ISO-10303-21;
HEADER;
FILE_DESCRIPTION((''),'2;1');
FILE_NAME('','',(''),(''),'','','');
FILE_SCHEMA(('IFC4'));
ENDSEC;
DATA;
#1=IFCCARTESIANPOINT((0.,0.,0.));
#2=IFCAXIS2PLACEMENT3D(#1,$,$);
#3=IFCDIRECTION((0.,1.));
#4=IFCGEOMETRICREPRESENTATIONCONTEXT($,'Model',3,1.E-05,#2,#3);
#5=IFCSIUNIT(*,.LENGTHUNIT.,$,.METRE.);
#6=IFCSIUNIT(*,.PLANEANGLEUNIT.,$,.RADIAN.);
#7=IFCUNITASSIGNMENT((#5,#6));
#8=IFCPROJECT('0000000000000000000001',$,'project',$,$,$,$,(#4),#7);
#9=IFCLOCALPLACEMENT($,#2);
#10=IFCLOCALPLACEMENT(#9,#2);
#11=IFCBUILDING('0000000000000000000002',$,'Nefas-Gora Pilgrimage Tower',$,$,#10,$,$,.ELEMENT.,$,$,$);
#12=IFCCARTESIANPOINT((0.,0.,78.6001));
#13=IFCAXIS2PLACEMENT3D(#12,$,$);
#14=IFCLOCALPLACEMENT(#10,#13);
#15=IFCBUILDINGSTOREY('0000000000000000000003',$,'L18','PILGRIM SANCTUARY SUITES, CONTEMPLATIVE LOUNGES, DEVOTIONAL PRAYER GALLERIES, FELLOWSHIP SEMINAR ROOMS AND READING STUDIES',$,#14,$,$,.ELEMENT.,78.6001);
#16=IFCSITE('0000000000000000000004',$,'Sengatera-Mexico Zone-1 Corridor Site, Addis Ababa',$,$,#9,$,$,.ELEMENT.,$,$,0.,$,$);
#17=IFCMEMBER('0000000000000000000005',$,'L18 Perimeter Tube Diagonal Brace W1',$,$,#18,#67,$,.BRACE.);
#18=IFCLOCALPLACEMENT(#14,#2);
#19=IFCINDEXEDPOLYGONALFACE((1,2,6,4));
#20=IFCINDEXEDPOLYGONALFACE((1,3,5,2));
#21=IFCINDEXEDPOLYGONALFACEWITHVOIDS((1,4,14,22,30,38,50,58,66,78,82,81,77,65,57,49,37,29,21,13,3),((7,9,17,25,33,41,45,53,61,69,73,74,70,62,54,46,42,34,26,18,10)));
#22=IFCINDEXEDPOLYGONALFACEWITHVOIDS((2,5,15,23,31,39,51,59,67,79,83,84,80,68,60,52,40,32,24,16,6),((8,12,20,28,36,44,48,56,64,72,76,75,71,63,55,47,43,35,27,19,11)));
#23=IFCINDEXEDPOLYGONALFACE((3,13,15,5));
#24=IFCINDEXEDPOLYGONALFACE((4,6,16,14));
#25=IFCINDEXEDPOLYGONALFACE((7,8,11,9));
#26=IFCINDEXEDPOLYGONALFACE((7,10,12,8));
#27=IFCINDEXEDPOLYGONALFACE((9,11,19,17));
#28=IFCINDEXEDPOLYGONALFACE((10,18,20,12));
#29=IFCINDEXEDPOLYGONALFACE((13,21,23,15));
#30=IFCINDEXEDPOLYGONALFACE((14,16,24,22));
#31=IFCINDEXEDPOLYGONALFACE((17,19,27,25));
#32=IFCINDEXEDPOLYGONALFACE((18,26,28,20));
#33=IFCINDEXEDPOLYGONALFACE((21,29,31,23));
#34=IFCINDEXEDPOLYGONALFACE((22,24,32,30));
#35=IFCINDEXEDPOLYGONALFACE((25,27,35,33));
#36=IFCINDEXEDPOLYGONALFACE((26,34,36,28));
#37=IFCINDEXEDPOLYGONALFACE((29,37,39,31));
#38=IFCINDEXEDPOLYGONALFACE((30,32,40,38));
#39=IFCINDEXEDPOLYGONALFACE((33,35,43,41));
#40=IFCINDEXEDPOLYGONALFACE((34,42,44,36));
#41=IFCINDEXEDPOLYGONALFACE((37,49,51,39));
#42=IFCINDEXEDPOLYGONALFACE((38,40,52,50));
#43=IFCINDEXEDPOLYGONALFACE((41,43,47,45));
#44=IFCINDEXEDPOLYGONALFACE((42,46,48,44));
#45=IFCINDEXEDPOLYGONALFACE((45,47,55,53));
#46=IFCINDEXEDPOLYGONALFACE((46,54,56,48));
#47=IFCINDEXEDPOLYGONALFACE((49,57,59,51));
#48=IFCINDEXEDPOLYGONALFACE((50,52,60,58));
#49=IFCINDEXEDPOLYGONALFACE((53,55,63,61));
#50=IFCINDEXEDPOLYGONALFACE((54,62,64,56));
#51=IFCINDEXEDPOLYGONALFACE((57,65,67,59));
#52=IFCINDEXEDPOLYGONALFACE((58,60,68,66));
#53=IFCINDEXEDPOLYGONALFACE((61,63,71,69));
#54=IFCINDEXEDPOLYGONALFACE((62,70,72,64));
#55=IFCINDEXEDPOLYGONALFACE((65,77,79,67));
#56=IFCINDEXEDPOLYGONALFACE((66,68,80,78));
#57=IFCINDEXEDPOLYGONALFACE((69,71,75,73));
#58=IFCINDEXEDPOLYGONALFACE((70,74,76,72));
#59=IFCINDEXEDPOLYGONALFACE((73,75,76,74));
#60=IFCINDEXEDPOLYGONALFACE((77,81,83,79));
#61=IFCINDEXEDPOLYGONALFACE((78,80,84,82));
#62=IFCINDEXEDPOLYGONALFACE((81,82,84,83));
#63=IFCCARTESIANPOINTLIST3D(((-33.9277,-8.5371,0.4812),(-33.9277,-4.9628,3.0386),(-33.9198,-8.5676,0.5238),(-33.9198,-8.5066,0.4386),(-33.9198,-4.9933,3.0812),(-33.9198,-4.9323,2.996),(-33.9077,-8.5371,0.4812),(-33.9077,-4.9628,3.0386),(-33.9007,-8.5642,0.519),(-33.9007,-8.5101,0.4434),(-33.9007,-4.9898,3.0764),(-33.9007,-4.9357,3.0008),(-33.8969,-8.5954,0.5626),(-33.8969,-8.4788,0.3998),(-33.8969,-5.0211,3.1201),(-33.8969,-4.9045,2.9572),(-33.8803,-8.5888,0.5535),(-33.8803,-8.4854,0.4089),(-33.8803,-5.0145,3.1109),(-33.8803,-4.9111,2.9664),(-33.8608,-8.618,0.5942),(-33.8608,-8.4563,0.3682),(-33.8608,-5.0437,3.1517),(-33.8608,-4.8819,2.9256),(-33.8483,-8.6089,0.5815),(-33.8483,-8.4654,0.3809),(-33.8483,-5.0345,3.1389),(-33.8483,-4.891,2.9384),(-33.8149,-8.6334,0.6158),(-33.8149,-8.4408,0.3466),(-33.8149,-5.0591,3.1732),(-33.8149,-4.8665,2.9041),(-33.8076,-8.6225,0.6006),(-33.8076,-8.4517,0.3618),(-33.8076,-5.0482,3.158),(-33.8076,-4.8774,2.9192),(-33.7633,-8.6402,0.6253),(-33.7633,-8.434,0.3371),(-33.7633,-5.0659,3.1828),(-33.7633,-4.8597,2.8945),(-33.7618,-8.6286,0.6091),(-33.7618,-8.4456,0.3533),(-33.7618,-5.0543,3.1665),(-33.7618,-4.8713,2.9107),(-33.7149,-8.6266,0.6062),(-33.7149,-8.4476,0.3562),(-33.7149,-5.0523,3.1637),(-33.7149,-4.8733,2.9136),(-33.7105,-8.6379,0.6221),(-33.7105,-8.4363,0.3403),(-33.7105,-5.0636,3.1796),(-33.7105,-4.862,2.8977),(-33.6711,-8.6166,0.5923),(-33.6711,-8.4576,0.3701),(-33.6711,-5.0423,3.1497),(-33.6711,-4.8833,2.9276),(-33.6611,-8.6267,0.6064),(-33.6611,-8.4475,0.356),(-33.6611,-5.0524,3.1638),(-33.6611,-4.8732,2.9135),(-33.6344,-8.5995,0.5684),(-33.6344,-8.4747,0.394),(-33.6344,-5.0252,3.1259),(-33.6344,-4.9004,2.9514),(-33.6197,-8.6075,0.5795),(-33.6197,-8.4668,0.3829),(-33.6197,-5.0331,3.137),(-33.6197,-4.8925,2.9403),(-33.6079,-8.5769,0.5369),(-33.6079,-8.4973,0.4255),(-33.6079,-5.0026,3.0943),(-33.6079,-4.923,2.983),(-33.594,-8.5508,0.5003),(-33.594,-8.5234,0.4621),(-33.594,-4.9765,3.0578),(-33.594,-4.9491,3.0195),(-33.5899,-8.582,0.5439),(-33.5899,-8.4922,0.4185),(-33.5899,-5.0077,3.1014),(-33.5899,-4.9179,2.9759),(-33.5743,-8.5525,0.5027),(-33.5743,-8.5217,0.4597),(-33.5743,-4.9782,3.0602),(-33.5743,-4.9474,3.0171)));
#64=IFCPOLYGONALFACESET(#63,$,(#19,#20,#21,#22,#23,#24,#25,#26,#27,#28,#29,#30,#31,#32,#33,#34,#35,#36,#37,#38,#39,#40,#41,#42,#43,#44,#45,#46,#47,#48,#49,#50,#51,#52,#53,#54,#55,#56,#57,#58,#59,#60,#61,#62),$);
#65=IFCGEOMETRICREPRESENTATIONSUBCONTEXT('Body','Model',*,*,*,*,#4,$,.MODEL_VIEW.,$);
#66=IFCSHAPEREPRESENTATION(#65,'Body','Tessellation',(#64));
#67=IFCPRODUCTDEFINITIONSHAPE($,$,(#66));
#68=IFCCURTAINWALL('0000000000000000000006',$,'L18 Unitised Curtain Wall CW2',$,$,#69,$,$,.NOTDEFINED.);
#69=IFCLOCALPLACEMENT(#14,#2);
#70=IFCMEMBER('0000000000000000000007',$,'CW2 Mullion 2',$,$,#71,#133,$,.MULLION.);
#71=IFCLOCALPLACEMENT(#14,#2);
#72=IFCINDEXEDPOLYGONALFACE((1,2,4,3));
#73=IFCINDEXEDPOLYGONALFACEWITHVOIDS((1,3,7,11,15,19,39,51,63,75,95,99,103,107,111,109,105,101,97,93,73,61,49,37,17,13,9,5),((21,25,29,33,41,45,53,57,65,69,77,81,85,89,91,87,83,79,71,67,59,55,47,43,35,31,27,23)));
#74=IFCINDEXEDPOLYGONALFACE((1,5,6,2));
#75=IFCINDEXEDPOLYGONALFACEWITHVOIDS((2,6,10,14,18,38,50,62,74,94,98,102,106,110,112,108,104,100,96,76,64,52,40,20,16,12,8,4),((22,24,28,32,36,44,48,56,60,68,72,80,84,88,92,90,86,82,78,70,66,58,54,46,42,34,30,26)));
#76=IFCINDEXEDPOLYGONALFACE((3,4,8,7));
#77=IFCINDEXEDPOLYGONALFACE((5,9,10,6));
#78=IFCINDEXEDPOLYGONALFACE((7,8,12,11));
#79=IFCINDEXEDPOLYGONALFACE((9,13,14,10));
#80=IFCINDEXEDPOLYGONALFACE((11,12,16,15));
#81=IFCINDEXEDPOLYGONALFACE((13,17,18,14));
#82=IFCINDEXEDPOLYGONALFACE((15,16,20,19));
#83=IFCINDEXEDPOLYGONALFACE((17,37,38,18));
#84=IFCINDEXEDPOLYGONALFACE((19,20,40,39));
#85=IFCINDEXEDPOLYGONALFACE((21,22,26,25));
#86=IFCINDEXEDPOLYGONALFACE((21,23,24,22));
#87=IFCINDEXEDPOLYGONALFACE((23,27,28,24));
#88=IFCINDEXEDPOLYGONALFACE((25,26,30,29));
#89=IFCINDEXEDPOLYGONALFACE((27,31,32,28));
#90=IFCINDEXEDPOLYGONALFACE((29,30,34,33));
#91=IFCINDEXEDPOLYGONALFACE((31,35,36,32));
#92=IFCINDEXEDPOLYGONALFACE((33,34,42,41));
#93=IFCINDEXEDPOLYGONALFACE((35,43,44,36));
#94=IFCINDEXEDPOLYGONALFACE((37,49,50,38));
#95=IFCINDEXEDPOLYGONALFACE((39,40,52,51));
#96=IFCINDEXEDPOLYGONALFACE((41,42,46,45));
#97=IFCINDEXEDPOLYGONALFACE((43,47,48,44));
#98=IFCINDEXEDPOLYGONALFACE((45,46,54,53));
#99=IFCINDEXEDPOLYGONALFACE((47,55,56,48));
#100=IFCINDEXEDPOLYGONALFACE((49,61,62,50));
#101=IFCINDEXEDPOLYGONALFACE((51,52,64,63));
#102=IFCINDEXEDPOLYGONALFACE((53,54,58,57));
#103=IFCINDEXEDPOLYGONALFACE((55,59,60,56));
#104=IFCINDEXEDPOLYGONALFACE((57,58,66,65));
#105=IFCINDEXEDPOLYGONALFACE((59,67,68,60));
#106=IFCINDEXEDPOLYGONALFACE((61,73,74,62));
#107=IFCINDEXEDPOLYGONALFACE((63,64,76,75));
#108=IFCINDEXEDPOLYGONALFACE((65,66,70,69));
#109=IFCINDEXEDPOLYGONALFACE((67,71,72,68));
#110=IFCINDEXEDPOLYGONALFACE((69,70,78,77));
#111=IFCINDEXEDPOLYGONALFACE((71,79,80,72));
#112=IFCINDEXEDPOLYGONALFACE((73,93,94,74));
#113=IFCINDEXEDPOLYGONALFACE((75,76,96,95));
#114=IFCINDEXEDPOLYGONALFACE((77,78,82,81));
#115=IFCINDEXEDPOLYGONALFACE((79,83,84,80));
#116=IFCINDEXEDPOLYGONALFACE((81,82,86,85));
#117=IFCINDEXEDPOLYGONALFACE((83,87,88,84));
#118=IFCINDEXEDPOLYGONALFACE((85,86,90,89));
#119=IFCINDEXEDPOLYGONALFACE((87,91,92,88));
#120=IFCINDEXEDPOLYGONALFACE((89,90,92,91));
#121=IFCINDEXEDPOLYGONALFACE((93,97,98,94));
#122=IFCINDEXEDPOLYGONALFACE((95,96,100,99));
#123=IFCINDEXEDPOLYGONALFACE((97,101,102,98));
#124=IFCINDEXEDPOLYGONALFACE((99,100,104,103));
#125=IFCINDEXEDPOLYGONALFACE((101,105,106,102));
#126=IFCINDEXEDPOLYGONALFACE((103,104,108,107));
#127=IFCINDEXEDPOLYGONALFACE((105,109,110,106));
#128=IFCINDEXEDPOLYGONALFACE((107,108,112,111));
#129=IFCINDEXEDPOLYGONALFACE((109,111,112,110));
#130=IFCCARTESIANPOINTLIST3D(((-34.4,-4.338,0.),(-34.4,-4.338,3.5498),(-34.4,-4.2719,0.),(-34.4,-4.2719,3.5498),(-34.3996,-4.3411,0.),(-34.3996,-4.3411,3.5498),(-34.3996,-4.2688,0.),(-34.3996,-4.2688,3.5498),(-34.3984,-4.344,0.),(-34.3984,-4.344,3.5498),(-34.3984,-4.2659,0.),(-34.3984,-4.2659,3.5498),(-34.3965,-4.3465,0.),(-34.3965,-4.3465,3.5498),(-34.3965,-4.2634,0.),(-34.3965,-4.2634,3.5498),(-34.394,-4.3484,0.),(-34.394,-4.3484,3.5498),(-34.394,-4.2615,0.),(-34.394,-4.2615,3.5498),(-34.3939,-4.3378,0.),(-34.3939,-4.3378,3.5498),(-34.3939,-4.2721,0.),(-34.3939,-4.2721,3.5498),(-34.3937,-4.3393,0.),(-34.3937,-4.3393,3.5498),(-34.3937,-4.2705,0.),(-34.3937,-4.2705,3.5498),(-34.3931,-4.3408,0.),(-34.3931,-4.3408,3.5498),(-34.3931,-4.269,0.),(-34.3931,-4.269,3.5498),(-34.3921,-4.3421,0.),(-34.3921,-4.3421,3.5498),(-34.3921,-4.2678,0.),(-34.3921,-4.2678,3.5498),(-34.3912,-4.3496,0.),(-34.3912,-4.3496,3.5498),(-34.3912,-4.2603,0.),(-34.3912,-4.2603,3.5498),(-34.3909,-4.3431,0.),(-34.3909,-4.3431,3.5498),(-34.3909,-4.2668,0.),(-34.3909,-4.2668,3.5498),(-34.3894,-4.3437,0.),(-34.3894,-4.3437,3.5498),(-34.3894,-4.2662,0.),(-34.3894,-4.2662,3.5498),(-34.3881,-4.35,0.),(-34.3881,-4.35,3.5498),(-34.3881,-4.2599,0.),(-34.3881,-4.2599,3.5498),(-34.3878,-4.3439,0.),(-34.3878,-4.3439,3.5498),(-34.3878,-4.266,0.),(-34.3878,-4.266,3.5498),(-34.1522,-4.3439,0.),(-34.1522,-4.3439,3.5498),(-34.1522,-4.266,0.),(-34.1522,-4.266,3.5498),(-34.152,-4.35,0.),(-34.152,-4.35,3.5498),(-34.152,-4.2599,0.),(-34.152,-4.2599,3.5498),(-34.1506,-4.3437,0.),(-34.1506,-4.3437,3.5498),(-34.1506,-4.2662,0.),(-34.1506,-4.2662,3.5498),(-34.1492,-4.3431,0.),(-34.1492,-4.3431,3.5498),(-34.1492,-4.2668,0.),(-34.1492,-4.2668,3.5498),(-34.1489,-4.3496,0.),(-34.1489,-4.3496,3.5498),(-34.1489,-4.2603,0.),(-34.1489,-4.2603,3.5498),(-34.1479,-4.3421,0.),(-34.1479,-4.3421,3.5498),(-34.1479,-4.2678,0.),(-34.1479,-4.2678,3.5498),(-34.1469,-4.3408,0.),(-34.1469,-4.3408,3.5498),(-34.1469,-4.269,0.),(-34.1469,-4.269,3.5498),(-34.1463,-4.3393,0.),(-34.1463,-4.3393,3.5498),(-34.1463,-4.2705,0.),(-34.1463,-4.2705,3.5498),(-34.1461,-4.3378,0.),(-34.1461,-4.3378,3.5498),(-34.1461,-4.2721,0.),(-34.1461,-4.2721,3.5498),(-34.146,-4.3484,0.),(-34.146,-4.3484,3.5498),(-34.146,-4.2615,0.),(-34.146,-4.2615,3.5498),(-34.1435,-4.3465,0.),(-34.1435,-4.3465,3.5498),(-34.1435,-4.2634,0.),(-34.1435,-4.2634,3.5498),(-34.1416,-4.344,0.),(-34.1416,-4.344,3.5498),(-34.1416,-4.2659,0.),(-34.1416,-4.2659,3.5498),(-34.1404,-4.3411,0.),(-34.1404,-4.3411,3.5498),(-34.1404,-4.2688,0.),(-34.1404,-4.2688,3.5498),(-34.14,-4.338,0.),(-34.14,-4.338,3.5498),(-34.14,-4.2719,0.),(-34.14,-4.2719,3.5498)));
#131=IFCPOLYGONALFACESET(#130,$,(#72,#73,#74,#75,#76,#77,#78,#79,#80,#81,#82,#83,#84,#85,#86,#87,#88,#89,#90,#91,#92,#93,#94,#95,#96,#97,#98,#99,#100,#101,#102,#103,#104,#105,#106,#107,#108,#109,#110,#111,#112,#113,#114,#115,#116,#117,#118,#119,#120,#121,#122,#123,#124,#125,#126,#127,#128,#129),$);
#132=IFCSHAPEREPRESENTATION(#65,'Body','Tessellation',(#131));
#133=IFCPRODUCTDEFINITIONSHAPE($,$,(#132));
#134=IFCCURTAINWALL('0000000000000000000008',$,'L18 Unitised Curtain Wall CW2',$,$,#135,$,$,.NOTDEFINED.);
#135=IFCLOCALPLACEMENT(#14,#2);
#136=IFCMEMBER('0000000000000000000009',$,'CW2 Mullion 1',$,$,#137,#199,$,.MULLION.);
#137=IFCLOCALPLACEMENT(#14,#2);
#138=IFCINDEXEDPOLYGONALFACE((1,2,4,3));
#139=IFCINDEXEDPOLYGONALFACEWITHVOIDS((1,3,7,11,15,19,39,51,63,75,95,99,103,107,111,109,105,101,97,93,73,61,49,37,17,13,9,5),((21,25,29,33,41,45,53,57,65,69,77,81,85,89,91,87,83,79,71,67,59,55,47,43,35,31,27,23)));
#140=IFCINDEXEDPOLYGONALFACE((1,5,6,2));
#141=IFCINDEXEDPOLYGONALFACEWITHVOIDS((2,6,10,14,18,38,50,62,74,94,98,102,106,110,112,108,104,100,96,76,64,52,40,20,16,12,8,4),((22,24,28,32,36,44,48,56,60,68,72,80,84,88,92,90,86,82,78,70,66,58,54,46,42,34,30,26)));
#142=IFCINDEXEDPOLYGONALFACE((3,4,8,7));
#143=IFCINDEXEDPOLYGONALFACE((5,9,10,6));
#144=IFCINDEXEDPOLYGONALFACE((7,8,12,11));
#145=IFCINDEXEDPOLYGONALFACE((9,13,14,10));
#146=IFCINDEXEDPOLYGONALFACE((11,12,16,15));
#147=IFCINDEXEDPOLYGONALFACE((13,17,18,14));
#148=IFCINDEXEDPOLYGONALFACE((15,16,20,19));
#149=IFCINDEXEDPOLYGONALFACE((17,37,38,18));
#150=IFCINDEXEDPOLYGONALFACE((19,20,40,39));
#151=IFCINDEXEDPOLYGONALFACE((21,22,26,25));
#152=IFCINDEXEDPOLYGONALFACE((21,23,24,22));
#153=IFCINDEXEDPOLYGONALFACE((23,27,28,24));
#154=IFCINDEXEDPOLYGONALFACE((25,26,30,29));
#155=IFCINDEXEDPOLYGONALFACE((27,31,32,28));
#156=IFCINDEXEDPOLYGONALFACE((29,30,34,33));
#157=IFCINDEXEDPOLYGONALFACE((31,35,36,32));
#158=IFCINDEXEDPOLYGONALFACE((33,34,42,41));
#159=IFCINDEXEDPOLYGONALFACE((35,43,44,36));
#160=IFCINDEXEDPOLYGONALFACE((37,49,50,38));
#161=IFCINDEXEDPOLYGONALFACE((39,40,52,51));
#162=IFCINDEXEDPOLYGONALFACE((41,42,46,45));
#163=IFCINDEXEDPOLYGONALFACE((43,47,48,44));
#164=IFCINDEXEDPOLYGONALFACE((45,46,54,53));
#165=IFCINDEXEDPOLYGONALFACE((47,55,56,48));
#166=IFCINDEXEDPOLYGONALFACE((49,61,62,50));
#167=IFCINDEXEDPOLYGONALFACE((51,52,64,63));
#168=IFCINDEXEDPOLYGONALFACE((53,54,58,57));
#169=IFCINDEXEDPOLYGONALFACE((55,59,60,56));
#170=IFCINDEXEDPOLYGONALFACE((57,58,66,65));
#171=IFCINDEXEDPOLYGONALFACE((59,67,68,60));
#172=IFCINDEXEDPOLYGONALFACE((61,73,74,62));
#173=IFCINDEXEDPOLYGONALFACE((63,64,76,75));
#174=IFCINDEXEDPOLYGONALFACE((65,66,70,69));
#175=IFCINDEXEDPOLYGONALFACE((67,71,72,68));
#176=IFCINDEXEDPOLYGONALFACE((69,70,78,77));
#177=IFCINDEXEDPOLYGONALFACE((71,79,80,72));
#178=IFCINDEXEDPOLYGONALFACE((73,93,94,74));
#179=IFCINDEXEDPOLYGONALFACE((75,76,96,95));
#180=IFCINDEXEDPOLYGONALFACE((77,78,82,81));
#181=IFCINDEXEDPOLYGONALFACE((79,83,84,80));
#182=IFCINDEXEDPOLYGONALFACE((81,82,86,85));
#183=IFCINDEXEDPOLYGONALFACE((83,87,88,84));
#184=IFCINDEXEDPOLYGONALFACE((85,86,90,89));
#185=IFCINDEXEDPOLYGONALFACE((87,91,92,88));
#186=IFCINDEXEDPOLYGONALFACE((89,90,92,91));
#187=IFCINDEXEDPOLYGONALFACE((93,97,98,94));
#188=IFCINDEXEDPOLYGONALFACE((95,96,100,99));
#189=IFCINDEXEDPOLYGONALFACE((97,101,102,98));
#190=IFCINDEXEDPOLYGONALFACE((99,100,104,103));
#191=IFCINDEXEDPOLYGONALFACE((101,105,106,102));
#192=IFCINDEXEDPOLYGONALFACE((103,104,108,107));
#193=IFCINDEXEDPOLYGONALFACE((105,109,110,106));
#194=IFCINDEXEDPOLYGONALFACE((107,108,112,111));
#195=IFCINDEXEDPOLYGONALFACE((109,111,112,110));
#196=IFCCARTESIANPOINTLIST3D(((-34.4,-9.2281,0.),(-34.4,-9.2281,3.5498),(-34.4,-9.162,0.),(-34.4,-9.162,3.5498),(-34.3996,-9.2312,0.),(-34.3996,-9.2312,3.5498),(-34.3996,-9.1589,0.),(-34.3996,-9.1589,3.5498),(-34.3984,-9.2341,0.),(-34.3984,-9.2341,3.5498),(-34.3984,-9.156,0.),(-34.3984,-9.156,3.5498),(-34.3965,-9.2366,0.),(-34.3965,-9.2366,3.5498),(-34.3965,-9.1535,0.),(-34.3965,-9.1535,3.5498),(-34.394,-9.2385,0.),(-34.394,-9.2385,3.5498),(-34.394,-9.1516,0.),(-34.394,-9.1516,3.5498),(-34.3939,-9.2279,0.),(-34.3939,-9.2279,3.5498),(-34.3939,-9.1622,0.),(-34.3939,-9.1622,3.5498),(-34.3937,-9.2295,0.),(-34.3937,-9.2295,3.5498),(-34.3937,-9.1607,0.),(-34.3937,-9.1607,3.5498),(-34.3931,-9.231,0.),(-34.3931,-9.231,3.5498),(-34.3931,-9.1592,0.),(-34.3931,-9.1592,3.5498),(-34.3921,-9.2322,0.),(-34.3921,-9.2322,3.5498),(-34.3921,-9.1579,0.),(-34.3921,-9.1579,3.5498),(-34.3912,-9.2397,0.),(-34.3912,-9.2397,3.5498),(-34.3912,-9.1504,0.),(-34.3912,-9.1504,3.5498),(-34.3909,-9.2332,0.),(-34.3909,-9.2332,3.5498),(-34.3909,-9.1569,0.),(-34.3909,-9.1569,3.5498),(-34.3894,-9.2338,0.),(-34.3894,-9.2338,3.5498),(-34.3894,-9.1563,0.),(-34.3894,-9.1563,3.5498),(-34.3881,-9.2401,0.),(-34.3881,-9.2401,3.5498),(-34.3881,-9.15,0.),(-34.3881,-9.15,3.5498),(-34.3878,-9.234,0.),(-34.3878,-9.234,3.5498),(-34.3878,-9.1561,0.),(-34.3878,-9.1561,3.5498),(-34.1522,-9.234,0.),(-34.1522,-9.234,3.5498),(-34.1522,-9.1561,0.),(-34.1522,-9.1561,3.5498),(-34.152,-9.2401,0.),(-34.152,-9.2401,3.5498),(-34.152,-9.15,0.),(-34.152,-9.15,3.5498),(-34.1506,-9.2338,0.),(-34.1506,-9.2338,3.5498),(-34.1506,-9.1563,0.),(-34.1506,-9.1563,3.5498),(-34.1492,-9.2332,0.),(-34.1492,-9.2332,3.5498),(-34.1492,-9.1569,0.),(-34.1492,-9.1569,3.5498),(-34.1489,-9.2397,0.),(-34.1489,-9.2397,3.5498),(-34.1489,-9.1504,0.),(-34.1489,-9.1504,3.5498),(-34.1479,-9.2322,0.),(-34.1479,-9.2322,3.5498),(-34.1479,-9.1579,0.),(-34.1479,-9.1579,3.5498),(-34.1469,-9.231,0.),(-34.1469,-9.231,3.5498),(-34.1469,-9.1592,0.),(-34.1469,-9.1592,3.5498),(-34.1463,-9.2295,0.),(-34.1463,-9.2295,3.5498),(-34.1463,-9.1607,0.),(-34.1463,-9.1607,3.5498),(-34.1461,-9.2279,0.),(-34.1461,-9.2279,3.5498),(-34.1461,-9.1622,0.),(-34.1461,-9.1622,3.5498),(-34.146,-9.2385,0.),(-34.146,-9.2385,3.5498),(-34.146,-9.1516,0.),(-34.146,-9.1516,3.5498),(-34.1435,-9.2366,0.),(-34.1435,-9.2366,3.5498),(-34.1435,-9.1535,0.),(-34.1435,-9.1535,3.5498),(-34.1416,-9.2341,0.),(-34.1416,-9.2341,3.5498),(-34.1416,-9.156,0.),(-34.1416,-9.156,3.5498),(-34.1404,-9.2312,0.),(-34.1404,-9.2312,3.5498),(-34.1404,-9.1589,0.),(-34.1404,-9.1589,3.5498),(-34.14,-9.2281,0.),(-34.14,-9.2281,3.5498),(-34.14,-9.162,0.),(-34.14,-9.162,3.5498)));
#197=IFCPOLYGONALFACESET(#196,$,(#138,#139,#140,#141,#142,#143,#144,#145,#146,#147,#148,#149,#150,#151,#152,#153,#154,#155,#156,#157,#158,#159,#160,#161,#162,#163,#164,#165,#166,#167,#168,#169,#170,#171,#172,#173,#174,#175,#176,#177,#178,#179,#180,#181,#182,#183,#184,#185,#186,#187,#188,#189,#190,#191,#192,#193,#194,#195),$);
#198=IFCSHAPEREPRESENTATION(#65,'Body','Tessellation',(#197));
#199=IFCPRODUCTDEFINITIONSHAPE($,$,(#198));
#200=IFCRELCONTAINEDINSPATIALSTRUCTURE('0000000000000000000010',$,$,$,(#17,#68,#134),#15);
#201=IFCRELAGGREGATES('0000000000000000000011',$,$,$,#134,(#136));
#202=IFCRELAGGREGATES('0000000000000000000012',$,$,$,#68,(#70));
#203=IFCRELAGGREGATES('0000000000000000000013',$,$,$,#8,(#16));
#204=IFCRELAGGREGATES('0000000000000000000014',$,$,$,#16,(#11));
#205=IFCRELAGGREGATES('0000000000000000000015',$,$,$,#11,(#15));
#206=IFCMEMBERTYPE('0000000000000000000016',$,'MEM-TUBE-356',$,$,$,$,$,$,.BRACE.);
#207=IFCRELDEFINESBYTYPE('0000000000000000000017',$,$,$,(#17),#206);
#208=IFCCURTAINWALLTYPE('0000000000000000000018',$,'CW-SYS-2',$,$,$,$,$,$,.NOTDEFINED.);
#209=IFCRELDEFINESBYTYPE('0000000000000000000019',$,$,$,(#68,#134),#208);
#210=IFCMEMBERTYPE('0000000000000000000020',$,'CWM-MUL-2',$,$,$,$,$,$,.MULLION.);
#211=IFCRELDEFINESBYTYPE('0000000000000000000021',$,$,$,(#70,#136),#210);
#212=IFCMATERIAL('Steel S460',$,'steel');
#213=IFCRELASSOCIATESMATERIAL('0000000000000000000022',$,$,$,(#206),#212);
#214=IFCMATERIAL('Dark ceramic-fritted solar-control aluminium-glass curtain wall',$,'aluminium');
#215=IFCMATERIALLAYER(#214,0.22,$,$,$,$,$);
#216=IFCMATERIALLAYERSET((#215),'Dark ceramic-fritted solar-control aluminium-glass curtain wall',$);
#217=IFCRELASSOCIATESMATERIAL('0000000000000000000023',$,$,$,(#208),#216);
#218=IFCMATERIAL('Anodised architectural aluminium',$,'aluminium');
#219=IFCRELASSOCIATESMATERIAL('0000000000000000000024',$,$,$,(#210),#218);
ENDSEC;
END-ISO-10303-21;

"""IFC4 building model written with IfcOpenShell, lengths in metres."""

from ifc_helpers import new_model, si_unit, direction, frame, origin, origin_2d, place, context, subcontext, project, spatial, hollow_rectangle, hollow_circle, extrude, source, transform, mapped, material, layer, layer_set, material_profile, profile_set, type_object, element, aggregate, save


model = new_model("IFC4")

# Units and contexts
model_context = context("Model", 3, precision=1e-05, world=origin(), true_north=direction((0.0, 1.0)))
body_context = subcontext(model_context, "Body", "Model", "MODEL_VIEW")
ifc_project = project(units=[si_unit("LENGTHUNIT", "METRE"), si_unit("PLANEANGLEUNIT", "RADIAN")], contexts=[model_context])

# Site, building, storey
site_placement = place(None, origin())
site = spatial("IfcSite", under=ifc_project, at=site_placement, Name="Sengatera-Mexico Zone-1 Corridor Site, Addis Ababa", CompositionType="ELEMENT", RefElevation=0.0)
building_placement = place(site_placement, origin())
building = spatial("IfcBuilding", under=site, at=building_placement, Name="Nefas-Gora Pilgrimage Tower", CompositionType="ELEMENT")
storey_placement = place(building_placement, frame((0.0, 0.0, 78.6001)))
storey = spatial("IfcBuildingStorey", under=building, at=storey_placement, Name="L18", Description="PILGRIM SANCTUARY SUITES, CONTEMPLATIVE LOUNGES, DEVOTIONAL PRAYER GALLERIES, FELLOWSHIP SEMINAR ROOMS AND READING STUDIES", CompositionType="ELEMENT", Elevation=78.6001)

# Shared definitions
ifc_material_1 = material(Name="Steel S460", Category="steel")

# Member
ifc_material_profile_1 = material_profile(ifc_material_1, hollow_circle(Radius=0.1777, WallThickness=0.02, at=origin_2d()), Name="CHS 355.6x20")
ifc_profile_set_1 = profile_set([ifc_material_profile_1], Name="Steel S460")
member_type_1 = type_object("IfcMemberType", Name="MEM-TUBE-356", PredefinedType="BRACE", material=ifc_profile_set_1)
shared_shape_1 = source(origin(), body_context, "Body", "SweptSolid", [
    extrude(hollow_circle(Radius=0.1777, WallThickness=0.02, at=origin_2d()), origin(), (0.0, 0.0, 1.0), 4.395),
])
member_1_placement = place(storey_placement, frame((-33.75, -8.5371, 0.4812), z_axis=(0.0, 0.813264, 0.581895), x_axis=(-1.0, 0.0, 0.0)))
element("IfcMember", 1, at=member_1_placement, inside=storey, type_object=member_type_1, Name="L18 Perimeter Tube Diagonal Brace W1", PredefinedType="BRACE", context=body_context, shape_type="MappedRepresentation", body=[
    mapped(shared_shape_1, transform((0.0, 0.0, 0.0), x_axis=(1.0, 0.0, 0.0), y_axis=(0.0, 1.0, 0.0), z_axis=(0.0, 0.0, 1.0), scale=1.0)),
])

# Curtain walls, members
ifc_material_2 = material(Name="Dark ceramic-fritted solar-control aluminium-glass curtain wall", Category="aluminium")
ifc_layer_1 = layer(ifc_material_2, 0.22)
ifc_layer_set_1 = layer_set([ifc_layer_1], Name="Dark ceramic-fritted solar-control aluminium-glass curtain wall")
curtain_wall_type = type_object("IfcCurtainWallType", Name="CW-SYS-2", PredefinedType="NOTDEFINED", material=ifc_layer_set_1)
curtain_wall_1_placement = place(storey_placement, origin())
curtain_wall_1 = element("IfcCurtainWall", 2, at=curtain_wall_1_placement, inside=storey, type_object=curtain_wall_type, Name="L18 Unitised Curtain Wall CW2", PredefinedType="NOTDEFINED")
ifc_material_3 = material(Name="Anodised architectural aluminium", Category="aluminium")
ifc_material_profile_2 = material_profile(ifc_material_3, hollow_rectangle(XDim=0.0901, YDim=0.26, WallThickness=0.0061, InnerFilletRadius=0.0061, OuterFilletRadius=0.012, at=origin_2d()), Name="ALU MULLION 90x260")
ifc_profile_set_2 = profile_set([ifc_material_profile_2], Name="Anodised architectural aluminium")
member_type_2 = type_object("IfcMemberType", Name="CWM-MUL-2", PredefinedType="MULLION", material=ifc_profile_set_2)
shared_shape_2 = source(origin(), body_context, "Body", "SweptSolid", [
    extrude(hollow_rectangle(XDim=0.0901, YDim=0.26, WallThickness=0.0061, InnerFilletRadius=0.0061, OuterFilletRadius=0.012, at=origin_2d()), origin(), (0.0, 0.0, 1.0), 3.5498),
])
member_2_placement = place(storey_placement, frame((-34.27, -4.3049, 0.0), z_axis=(0.0, 0.0, 1.0), x_axis=(0.0, -1.0, 0.0)))
member_2 = element("IfcMember", 3, at=member_2_placement, type_object=member_type_2, Name="CW2 Mullion 2", PredefinedType="MULLION", context=body_context, shape_type="MappedRepresentation", body=[
    mapped(shared_shape_2, transform((0.0, 0.0, 0.0), x_axis=(1.0, 0.0, 0.0), y_axis=(0.0, 1.0, 0.0), z_axis=(0.0, 0.0, 1.0), scale=1.0)),
])
curtain_wall_2_placement = place(storey_placement, origin())
curtain_wall_2 = element("IfcCurtainWall", 4, at=curtain_wall_2_placement, inside=storey, type_object=curtain_wall_type, Name="L18 Unitised Curtain Wall CW2", PredefinedType="NOTDEFINED")
member_3_placement = place(storey_placement, frame((-34.27, -9.1951, 0.0), z_axis=(0.0, 0.0, 1.0), x_axis=(0.0, -1.0, 0.0)))
member_3 = element("IfcMember", 5, at=member_3_placement, type_object=member_type_2, Name="CW2 Mullion 1", PredefinedType="MULLION", context=body_context, shape_type="MappedRepresentation", body=[
    mapped(shared_shape_2, transform((0.0, 0.0, 0.0), x_axis=(1.0, 0.0, 0.0), y_axis=(0.0, 1.0, 0.0), z_axis=(0.0, 0.0, 1.0), scale=1.0)),
])
aggregate(curtain_wall_2, [member_3])

aggregate(curtain_wall_1, [member_2])

save(model, "model.ifc")
